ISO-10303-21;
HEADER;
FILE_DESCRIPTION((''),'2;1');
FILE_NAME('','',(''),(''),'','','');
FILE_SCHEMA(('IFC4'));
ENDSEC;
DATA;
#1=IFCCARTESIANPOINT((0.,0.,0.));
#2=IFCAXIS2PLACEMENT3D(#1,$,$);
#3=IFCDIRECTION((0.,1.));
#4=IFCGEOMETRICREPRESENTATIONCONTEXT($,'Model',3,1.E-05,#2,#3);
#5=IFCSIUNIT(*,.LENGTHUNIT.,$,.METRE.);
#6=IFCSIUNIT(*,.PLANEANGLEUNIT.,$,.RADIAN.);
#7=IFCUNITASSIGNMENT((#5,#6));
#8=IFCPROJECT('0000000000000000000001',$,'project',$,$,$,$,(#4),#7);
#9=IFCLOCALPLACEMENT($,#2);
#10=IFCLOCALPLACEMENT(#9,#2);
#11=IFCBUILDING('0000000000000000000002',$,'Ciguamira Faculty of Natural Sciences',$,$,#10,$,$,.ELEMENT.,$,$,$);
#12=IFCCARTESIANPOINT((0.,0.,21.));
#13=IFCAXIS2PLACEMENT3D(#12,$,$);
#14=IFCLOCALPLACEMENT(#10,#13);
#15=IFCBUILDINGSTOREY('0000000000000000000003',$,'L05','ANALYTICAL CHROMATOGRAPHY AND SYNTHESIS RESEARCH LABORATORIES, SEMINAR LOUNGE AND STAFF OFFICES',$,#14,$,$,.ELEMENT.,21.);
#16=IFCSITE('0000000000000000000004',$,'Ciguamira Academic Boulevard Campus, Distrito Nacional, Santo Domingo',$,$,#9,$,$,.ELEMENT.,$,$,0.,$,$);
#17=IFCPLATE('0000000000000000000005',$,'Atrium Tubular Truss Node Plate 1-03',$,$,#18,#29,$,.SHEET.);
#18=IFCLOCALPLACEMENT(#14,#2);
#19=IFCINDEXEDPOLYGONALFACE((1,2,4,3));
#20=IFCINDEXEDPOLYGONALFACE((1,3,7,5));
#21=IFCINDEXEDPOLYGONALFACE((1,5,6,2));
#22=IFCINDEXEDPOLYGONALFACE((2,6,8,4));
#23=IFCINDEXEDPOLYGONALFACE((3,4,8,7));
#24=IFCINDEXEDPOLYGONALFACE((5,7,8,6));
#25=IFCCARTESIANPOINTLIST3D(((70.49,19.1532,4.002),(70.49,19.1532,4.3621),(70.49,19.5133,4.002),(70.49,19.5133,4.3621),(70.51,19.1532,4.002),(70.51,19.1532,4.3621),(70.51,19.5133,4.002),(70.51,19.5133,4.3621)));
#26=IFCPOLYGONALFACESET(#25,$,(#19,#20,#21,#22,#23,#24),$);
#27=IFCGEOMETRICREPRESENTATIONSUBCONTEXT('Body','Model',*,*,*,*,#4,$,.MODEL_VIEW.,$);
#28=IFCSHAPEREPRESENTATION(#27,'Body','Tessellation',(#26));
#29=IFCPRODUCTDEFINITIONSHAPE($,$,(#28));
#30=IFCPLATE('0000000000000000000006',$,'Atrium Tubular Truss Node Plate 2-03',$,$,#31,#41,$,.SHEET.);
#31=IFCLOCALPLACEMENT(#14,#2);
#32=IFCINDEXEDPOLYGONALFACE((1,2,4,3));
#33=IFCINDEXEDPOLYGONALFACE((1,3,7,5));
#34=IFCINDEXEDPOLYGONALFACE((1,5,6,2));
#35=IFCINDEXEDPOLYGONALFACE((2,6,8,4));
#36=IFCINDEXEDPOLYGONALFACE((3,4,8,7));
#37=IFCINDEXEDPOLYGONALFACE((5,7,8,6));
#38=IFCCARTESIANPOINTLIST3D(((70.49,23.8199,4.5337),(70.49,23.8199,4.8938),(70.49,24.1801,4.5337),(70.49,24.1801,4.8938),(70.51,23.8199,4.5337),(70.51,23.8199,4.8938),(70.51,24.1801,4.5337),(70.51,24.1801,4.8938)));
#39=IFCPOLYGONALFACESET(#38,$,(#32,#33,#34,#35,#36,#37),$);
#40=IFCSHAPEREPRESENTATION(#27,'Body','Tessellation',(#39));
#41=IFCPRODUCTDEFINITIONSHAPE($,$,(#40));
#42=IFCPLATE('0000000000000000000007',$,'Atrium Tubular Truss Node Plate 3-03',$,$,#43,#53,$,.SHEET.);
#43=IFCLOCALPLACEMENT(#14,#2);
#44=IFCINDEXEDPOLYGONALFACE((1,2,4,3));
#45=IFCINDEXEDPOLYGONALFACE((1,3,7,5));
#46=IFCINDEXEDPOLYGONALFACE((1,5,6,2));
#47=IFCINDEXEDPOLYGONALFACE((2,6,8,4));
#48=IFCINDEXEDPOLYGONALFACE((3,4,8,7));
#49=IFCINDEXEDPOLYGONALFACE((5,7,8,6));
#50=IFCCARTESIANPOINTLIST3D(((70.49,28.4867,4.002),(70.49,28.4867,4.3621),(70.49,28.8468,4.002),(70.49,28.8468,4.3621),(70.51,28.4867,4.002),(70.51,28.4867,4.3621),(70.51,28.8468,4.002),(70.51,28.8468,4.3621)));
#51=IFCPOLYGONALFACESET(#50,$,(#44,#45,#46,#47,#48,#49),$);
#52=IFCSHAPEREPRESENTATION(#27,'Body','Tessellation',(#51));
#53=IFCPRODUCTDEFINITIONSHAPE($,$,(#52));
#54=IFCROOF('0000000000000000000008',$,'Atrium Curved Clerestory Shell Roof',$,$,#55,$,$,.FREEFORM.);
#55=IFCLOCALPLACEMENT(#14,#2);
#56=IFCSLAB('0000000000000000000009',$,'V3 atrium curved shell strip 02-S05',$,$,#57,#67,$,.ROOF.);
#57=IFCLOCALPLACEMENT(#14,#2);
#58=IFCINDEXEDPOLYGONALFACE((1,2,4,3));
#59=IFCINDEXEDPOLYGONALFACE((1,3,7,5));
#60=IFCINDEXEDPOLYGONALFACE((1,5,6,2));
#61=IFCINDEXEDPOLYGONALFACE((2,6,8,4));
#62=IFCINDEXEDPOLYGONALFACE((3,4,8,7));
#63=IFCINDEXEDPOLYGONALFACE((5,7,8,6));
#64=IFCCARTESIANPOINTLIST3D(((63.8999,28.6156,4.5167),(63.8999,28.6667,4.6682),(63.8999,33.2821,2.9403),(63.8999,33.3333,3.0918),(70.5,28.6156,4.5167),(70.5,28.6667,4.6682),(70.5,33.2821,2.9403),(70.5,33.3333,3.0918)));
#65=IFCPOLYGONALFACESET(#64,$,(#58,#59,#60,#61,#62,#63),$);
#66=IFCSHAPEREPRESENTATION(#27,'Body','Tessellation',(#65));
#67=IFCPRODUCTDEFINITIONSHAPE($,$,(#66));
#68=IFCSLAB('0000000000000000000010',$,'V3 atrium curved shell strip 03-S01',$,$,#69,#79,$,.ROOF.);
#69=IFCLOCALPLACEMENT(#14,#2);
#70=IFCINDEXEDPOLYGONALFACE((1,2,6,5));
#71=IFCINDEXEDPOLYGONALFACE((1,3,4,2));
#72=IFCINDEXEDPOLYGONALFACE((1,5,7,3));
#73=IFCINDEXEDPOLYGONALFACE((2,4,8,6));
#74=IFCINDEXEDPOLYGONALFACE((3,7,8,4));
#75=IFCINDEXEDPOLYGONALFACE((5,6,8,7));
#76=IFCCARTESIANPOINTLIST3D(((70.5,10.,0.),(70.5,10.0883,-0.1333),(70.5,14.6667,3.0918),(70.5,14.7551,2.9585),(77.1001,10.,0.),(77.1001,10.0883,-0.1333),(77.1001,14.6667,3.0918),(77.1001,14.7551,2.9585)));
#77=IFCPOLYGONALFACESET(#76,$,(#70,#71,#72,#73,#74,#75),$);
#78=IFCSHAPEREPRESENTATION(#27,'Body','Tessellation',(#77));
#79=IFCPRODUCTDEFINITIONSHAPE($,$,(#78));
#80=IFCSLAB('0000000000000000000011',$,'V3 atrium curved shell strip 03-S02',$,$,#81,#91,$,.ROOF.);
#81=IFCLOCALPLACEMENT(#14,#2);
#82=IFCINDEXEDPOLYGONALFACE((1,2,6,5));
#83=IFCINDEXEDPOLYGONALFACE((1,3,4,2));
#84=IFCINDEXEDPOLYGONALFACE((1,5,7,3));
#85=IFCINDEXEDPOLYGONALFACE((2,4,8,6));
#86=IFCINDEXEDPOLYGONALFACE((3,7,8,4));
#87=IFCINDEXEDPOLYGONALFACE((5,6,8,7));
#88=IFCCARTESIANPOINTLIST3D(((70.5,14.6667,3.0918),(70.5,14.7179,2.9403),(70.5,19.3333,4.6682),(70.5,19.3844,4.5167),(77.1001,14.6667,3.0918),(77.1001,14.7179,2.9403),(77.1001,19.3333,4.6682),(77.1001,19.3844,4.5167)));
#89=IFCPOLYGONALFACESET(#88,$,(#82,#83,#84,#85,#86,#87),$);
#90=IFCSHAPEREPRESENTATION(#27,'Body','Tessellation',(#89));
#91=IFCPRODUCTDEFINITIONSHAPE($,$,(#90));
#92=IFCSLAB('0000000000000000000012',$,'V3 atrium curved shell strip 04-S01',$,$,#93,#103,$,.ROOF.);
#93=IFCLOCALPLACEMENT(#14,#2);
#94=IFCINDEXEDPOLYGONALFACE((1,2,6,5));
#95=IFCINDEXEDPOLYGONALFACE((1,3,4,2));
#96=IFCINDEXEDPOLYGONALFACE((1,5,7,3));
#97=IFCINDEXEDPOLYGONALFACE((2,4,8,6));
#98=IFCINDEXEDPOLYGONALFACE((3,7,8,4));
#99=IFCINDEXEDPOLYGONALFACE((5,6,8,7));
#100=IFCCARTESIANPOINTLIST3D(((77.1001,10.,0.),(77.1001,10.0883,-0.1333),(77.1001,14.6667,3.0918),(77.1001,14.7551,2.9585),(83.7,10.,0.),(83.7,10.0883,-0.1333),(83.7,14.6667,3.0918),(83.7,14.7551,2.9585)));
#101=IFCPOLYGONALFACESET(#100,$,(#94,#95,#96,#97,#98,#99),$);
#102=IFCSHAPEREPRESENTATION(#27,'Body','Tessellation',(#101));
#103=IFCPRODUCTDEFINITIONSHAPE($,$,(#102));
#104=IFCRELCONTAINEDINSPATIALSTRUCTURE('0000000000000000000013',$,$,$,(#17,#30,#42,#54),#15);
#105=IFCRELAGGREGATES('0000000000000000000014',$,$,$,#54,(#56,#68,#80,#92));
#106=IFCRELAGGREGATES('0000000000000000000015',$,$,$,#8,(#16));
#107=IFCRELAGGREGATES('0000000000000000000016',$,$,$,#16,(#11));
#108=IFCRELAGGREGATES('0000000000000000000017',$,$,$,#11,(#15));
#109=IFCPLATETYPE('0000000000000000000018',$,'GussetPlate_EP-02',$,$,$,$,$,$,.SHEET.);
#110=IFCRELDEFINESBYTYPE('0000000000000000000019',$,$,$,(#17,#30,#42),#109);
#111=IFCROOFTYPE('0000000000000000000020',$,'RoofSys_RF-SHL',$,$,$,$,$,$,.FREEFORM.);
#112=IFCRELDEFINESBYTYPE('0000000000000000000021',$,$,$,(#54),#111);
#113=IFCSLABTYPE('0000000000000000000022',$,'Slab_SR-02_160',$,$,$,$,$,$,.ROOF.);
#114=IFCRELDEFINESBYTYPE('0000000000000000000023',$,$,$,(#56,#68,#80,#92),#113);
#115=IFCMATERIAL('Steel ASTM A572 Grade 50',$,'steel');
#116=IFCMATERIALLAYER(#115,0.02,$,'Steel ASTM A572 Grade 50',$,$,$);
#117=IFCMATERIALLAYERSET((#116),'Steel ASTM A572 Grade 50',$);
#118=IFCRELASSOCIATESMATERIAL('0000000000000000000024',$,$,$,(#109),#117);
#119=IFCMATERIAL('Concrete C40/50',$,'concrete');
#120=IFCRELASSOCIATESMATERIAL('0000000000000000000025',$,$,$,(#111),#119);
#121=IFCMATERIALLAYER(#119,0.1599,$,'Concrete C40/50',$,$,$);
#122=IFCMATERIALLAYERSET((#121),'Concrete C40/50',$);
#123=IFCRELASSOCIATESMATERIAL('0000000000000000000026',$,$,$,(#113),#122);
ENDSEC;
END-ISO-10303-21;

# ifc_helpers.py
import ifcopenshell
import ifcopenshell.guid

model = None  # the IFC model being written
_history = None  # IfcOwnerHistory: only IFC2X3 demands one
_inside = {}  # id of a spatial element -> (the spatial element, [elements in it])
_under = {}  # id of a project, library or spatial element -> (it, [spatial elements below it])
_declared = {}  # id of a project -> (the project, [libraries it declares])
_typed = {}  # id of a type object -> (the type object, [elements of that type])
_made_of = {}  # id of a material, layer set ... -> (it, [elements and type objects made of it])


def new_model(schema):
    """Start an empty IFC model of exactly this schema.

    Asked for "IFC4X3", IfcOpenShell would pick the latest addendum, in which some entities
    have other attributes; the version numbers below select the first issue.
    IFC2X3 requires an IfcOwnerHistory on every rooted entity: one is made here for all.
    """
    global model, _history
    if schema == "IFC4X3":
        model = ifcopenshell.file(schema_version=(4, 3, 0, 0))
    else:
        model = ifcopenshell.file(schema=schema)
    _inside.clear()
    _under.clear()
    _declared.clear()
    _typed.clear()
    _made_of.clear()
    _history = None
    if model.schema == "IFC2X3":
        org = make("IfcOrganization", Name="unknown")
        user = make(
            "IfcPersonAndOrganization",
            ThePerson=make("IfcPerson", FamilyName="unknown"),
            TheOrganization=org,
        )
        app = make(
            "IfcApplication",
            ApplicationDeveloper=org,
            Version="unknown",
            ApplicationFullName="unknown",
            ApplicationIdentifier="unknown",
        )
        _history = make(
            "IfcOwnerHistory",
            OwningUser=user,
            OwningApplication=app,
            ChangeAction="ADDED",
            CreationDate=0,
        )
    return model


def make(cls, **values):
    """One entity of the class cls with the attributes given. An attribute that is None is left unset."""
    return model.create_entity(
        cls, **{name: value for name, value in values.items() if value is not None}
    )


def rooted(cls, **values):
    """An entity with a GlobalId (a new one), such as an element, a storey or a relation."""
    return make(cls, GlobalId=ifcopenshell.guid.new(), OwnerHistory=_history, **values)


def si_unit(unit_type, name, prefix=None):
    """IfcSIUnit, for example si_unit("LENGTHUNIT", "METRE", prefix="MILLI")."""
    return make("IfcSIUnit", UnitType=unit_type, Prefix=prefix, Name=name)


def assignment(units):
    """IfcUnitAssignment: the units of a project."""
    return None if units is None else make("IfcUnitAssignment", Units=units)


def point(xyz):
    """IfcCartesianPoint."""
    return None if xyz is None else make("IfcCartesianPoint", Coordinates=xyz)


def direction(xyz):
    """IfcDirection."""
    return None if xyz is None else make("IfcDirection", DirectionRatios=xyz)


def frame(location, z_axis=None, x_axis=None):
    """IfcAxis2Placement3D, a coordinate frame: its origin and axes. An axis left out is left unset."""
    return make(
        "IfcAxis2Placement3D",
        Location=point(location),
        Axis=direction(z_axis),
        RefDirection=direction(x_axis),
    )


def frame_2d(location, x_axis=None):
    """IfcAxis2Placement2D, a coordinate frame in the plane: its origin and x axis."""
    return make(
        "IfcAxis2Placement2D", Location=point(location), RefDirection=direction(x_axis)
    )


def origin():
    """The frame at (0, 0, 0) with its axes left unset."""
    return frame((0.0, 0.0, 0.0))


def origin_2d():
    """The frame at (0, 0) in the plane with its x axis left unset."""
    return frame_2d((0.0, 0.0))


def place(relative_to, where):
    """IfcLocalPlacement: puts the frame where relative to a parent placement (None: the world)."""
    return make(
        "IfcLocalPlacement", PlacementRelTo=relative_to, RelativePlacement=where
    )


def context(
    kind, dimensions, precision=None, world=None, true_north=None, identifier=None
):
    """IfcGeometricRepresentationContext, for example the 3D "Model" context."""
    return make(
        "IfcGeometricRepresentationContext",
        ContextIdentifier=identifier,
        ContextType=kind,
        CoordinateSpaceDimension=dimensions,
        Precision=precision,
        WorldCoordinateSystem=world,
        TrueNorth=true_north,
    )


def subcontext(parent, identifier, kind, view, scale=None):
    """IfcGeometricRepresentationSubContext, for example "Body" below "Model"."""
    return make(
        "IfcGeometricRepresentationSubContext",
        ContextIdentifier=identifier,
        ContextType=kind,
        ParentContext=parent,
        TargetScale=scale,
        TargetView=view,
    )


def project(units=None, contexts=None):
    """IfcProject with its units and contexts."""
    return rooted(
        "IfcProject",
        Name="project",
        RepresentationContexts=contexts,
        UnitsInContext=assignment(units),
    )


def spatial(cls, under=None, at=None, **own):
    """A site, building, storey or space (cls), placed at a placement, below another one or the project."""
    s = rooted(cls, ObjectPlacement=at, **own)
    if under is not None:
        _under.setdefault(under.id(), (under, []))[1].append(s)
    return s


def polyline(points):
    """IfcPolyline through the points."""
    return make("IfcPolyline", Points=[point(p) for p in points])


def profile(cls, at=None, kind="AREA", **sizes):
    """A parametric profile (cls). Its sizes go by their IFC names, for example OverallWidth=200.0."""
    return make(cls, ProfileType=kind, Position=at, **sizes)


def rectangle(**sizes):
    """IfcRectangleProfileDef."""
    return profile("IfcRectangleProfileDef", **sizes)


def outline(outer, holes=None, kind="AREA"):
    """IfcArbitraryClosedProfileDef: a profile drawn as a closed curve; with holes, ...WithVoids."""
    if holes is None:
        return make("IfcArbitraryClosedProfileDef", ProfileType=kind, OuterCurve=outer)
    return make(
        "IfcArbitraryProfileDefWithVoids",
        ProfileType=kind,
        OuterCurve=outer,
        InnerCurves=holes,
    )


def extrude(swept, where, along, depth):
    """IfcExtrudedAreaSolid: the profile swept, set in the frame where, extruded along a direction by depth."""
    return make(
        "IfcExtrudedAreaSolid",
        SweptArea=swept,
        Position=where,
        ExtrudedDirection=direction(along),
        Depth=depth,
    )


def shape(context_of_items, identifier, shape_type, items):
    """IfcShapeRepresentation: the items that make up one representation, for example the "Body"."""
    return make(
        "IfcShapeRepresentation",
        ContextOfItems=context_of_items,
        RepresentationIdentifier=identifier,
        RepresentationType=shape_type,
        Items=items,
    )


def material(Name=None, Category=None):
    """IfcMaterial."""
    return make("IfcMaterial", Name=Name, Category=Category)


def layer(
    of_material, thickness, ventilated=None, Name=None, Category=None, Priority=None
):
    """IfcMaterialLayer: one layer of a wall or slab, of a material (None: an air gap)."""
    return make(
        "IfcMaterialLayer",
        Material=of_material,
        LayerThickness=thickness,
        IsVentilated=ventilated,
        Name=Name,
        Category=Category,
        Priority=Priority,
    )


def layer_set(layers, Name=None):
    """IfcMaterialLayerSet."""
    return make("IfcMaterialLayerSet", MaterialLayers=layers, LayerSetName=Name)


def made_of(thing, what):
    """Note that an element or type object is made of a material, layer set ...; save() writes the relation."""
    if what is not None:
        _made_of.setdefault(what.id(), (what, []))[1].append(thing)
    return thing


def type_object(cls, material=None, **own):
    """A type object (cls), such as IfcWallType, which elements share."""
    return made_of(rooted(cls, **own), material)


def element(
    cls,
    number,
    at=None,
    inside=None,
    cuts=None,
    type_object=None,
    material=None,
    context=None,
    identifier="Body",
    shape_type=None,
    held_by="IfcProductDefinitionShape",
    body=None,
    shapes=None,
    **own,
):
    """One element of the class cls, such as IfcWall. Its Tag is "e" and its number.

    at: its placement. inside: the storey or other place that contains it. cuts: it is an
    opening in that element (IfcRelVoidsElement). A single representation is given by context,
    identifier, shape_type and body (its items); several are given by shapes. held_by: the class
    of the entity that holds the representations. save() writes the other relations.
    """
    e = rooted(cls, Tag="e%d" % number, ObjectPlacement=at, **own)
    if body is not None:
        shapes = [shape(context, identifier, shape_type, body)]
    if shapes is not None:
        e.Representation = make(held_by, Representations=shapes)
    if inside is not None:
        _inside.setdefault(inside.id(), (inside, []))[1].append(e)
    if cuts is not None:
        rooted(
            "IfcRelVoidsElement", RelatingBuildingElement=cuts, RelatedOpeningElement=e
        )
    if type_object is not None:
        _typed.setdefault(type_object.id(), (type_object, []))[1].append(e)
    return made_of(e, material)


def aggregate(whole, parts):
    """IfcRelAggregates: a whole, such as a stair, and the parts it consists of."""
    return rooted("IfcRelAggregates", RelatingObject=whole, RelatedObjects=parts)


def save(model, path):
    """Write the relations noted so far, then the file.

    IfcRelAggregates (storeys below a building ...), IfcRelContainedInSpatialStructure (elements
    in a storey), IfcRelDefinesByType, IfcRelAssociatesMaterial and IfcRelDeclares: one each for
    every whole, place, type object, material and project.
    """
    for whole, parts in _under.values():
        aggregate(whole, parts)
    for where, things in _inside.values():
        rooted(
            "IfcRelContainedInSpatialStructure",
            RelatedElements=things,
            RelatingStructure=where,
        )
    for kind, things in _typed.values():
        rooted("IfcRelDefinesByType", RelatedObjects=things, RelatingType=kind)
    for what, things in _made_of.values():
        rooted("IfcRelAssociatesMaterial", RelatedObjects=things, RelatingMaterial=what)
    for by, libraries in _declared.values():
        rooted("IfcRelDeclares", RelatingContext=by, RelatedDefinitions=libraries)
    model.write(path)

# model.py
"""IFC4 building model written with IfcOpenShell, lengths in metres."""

from ifc_helpers import new_model, si_unit, direction, frame, origin, origin_2d, place, context, subcontext, project, spatial, polyline, rectangle, outline, extrude, material, layer, layer_set, type_object, element, aggregate, save


model = new_model("IFC4")

# Units and contexts
model_context = context("Model", 3, precision=1e-05, world=origin(), true_north=direction((0.0, 1.0)))
body_context = subcontext(model_context, "Body", "Model", "MODEL_VIEW")
ifc_project = project(units=[si_unit("LENGTHUNIT", "METRE"), si_unit("PLANEANGLEUNIT", "RADIAN")], contexts=[model_context])

# Site, building, storey
site_placement = place(None, origin())
site = spatial("IfcSite", under=ifc_project, at=site_placement, Name="Ciguamira Academic Boulevard Campus, Distrito Nacional, Santo Domingo", CompositionType="ELEMENT", RefElevation=0.0)
building_placement = place(site_placement, origin())
building = spatial("IfcBuilding", under=site, at=building_placement, Name="Ciguamira Faculty of Natural Sciences", CompositionType="ELEMENT")
storey_placement = place(building_placement, frame((0.0, 0.0, 21.0)))
storey = spatial("IfcBuildingStorey", under=building, at=storey_placement, Name="L05", Description="ANALYTICAL CHROMATOGRAPHY AND SYNTHESIS RESEARCH LABORATORIES, SEMINAR LOUNGE AND STAFF OFFICES", CompositionType="ELEMENT", Elevation=21.0)

# Shared definitions
ifc_material_1 = material(Name="Concrete C40/50", Category="concrete")

# Plates
ifc_material_2 = material(Name="Steel ASTM A572 Grade 50", Category="steel")
ifc_layer_1 = layer(ifc_material_2, 0.02, Name="Steel ASTM A572 Grade 50")
ifc_layer_set_1 = layer_set([ifc_layer_1], Name="Steel ASTM A572 Grade 50")
plate_type = type_object("IfcPlateType", Name="GussetPlate_EP-02", PredefinedType="SHEET", material=ifc_layer_set_1)
for number, where, z_axis, x_axis, name in (
    (1, (70.5, 19.3333, 4.002), (0.0, 0.0, 1.0), (1.0, 0.0, 0.0), "Atrium Tubular Truss Node Plate 1-03"),
    (2, (70.5, 24.0, 4.5337), (0.0, 0.0, 1.0), (1.0, 0.0, 0.0), "Atrium Tubular Truss Node Plate 2-03"),
    (3, (70.5, 28.6667, 4.002), (0.0, 0.0, 1.0), (1.0, 0.0, 0.0), "Atrium Tubular Truss Node Plate 3-03"),
):
    element("IfcPlate", number, at=place(storey_placement, frame(where, z_axis=z_axis, x_axis=x_axis)), inside=storey, type_object=plate_type, Name=name, PredefinedType="SHEET", context=body_context, shape_type="SweptSolid", body=[
        extrude(rectangle(XDim=0.02, YDim=0.3601, at=origin_2d()), origin(), (0.0, 0.0, 1.0), 0.3601),
    ])

# Roof, slabs
roof_type = type_object("IfcRoofType", Name="RoofSys_RF-SHL", PredefinedType="FREEFORM", material=ifc_material_1)
roof_placement = place(storey_placement, origin())
roof = element("IfcRoof", 4, at=roof_placement, inside=storey, type_object=roof_type, Name="Atrium Curved Clerestory Shell Roof", PredefinedType="FREEFORM")
ifc_layer_2 = layer(ifc_material_1, 0.1599, Name="Concrete C40/50")
ifc_layer_set_2 = layer_set([ifc_layer_2], Name="Concrete C40/50")
slab_type = type_object("IfcSlabType", Name="Slab_SR-02_160", PredefinedType="ROOF", material=ifc_layer_set_2)
slab_1_placement = place(storey_placement, frame((63.8999, 28.6667, 4.6682), z_axis=(0.0, 0.320047, 0.947402), x_axis=(1.0, 0.0, 0.0)))
slab_1 = element("IfcSlab", 5, at=slab_1_placement, type_object=slab_type, Name="V3 atrium curved shell strip 02-S05", PredefinedType="ROOF", context=body_context, shape_type="SweptSolid", body=[
    extrude(outline(polyline([(0.0, 0.0), (6.6001, 0.0), (6.6001, 4.9256), (0.0, 4.9256), (0.0, 0.0)])), origin(), (0.0, 0.0, -1.0), 0.1599),
])
slab_2_placement = place(storey_placement, frame((70.5, 10.0, 0.0), z_axis=(0.0, -0.552303, 0.833644), x_axis=(1.0, 0.0, 0.0)))
slab_2 = element("IfcSlab", 6, at=slab_2_placement, type_object=slab_type, Name="V3 atrium curved shell strip 03-S01", PredefinedType="ROOF", context=body_context, shape_type="SweptSolid", body=[
    extrude(outline(polyline([(0.0, 0.0), (6.6001, 0.0), (6.6001, 5.598), (0.0, 5.598), (0.0, 0.0)])), origin(), (0.0, 0.0, -1.0), 0.1599),
])
slab_3_placement = place(storey_placement, frame((70.5, 14.6667, 3.0918), z_axis=(0.0, -0.320047, 0.947402), x_axis=(1.0, 0.0, 0.0)))
slab_3 = element("IfcSlab", 7, at=slab_3_placement, type_object=slab_type, Name="V3 atrium curved shell strip 03-S02", PredefinedType="ROOF", context=body_context, shape_type="SweptSolid", body=[
    extrude(outline(polyline([(0.0, 0.0), (6.6001, 0.0), (6.6001, 4.9256), (0.0, 4.9256), (0.0, 0.0)])), origin(), (0.0, 0.0, -1.0), 0.1599),
])
slab_4_placement = place(storey_placement, frame((77.1001, 10.0, 0.0), z_axis=(0.0, -0.552303, 0.833644), x_axis=(1.0, 0.0, 0.0)))
slab_4 = element("IfcSlab", 8, at=slab_4_placement, type_object=slab_type, Name="V3 atrium curved shell strip 04-S01", PredefinedType="ROOF", context=body_context, shape_type="SweptSolid", body=[
    extrude(outline(polyline([(0.0, 0.0), (6.5999, 0.0), (6.5999, 5.598), (0.0, 5.598), (0.0, 0.0)])), origin(), (0.0, 0.0, -1.0), 0.1599),
])
aggregate(roof, [slab_1, slab_2, slab_3, slab_4])

save(model, "model.ifc")
